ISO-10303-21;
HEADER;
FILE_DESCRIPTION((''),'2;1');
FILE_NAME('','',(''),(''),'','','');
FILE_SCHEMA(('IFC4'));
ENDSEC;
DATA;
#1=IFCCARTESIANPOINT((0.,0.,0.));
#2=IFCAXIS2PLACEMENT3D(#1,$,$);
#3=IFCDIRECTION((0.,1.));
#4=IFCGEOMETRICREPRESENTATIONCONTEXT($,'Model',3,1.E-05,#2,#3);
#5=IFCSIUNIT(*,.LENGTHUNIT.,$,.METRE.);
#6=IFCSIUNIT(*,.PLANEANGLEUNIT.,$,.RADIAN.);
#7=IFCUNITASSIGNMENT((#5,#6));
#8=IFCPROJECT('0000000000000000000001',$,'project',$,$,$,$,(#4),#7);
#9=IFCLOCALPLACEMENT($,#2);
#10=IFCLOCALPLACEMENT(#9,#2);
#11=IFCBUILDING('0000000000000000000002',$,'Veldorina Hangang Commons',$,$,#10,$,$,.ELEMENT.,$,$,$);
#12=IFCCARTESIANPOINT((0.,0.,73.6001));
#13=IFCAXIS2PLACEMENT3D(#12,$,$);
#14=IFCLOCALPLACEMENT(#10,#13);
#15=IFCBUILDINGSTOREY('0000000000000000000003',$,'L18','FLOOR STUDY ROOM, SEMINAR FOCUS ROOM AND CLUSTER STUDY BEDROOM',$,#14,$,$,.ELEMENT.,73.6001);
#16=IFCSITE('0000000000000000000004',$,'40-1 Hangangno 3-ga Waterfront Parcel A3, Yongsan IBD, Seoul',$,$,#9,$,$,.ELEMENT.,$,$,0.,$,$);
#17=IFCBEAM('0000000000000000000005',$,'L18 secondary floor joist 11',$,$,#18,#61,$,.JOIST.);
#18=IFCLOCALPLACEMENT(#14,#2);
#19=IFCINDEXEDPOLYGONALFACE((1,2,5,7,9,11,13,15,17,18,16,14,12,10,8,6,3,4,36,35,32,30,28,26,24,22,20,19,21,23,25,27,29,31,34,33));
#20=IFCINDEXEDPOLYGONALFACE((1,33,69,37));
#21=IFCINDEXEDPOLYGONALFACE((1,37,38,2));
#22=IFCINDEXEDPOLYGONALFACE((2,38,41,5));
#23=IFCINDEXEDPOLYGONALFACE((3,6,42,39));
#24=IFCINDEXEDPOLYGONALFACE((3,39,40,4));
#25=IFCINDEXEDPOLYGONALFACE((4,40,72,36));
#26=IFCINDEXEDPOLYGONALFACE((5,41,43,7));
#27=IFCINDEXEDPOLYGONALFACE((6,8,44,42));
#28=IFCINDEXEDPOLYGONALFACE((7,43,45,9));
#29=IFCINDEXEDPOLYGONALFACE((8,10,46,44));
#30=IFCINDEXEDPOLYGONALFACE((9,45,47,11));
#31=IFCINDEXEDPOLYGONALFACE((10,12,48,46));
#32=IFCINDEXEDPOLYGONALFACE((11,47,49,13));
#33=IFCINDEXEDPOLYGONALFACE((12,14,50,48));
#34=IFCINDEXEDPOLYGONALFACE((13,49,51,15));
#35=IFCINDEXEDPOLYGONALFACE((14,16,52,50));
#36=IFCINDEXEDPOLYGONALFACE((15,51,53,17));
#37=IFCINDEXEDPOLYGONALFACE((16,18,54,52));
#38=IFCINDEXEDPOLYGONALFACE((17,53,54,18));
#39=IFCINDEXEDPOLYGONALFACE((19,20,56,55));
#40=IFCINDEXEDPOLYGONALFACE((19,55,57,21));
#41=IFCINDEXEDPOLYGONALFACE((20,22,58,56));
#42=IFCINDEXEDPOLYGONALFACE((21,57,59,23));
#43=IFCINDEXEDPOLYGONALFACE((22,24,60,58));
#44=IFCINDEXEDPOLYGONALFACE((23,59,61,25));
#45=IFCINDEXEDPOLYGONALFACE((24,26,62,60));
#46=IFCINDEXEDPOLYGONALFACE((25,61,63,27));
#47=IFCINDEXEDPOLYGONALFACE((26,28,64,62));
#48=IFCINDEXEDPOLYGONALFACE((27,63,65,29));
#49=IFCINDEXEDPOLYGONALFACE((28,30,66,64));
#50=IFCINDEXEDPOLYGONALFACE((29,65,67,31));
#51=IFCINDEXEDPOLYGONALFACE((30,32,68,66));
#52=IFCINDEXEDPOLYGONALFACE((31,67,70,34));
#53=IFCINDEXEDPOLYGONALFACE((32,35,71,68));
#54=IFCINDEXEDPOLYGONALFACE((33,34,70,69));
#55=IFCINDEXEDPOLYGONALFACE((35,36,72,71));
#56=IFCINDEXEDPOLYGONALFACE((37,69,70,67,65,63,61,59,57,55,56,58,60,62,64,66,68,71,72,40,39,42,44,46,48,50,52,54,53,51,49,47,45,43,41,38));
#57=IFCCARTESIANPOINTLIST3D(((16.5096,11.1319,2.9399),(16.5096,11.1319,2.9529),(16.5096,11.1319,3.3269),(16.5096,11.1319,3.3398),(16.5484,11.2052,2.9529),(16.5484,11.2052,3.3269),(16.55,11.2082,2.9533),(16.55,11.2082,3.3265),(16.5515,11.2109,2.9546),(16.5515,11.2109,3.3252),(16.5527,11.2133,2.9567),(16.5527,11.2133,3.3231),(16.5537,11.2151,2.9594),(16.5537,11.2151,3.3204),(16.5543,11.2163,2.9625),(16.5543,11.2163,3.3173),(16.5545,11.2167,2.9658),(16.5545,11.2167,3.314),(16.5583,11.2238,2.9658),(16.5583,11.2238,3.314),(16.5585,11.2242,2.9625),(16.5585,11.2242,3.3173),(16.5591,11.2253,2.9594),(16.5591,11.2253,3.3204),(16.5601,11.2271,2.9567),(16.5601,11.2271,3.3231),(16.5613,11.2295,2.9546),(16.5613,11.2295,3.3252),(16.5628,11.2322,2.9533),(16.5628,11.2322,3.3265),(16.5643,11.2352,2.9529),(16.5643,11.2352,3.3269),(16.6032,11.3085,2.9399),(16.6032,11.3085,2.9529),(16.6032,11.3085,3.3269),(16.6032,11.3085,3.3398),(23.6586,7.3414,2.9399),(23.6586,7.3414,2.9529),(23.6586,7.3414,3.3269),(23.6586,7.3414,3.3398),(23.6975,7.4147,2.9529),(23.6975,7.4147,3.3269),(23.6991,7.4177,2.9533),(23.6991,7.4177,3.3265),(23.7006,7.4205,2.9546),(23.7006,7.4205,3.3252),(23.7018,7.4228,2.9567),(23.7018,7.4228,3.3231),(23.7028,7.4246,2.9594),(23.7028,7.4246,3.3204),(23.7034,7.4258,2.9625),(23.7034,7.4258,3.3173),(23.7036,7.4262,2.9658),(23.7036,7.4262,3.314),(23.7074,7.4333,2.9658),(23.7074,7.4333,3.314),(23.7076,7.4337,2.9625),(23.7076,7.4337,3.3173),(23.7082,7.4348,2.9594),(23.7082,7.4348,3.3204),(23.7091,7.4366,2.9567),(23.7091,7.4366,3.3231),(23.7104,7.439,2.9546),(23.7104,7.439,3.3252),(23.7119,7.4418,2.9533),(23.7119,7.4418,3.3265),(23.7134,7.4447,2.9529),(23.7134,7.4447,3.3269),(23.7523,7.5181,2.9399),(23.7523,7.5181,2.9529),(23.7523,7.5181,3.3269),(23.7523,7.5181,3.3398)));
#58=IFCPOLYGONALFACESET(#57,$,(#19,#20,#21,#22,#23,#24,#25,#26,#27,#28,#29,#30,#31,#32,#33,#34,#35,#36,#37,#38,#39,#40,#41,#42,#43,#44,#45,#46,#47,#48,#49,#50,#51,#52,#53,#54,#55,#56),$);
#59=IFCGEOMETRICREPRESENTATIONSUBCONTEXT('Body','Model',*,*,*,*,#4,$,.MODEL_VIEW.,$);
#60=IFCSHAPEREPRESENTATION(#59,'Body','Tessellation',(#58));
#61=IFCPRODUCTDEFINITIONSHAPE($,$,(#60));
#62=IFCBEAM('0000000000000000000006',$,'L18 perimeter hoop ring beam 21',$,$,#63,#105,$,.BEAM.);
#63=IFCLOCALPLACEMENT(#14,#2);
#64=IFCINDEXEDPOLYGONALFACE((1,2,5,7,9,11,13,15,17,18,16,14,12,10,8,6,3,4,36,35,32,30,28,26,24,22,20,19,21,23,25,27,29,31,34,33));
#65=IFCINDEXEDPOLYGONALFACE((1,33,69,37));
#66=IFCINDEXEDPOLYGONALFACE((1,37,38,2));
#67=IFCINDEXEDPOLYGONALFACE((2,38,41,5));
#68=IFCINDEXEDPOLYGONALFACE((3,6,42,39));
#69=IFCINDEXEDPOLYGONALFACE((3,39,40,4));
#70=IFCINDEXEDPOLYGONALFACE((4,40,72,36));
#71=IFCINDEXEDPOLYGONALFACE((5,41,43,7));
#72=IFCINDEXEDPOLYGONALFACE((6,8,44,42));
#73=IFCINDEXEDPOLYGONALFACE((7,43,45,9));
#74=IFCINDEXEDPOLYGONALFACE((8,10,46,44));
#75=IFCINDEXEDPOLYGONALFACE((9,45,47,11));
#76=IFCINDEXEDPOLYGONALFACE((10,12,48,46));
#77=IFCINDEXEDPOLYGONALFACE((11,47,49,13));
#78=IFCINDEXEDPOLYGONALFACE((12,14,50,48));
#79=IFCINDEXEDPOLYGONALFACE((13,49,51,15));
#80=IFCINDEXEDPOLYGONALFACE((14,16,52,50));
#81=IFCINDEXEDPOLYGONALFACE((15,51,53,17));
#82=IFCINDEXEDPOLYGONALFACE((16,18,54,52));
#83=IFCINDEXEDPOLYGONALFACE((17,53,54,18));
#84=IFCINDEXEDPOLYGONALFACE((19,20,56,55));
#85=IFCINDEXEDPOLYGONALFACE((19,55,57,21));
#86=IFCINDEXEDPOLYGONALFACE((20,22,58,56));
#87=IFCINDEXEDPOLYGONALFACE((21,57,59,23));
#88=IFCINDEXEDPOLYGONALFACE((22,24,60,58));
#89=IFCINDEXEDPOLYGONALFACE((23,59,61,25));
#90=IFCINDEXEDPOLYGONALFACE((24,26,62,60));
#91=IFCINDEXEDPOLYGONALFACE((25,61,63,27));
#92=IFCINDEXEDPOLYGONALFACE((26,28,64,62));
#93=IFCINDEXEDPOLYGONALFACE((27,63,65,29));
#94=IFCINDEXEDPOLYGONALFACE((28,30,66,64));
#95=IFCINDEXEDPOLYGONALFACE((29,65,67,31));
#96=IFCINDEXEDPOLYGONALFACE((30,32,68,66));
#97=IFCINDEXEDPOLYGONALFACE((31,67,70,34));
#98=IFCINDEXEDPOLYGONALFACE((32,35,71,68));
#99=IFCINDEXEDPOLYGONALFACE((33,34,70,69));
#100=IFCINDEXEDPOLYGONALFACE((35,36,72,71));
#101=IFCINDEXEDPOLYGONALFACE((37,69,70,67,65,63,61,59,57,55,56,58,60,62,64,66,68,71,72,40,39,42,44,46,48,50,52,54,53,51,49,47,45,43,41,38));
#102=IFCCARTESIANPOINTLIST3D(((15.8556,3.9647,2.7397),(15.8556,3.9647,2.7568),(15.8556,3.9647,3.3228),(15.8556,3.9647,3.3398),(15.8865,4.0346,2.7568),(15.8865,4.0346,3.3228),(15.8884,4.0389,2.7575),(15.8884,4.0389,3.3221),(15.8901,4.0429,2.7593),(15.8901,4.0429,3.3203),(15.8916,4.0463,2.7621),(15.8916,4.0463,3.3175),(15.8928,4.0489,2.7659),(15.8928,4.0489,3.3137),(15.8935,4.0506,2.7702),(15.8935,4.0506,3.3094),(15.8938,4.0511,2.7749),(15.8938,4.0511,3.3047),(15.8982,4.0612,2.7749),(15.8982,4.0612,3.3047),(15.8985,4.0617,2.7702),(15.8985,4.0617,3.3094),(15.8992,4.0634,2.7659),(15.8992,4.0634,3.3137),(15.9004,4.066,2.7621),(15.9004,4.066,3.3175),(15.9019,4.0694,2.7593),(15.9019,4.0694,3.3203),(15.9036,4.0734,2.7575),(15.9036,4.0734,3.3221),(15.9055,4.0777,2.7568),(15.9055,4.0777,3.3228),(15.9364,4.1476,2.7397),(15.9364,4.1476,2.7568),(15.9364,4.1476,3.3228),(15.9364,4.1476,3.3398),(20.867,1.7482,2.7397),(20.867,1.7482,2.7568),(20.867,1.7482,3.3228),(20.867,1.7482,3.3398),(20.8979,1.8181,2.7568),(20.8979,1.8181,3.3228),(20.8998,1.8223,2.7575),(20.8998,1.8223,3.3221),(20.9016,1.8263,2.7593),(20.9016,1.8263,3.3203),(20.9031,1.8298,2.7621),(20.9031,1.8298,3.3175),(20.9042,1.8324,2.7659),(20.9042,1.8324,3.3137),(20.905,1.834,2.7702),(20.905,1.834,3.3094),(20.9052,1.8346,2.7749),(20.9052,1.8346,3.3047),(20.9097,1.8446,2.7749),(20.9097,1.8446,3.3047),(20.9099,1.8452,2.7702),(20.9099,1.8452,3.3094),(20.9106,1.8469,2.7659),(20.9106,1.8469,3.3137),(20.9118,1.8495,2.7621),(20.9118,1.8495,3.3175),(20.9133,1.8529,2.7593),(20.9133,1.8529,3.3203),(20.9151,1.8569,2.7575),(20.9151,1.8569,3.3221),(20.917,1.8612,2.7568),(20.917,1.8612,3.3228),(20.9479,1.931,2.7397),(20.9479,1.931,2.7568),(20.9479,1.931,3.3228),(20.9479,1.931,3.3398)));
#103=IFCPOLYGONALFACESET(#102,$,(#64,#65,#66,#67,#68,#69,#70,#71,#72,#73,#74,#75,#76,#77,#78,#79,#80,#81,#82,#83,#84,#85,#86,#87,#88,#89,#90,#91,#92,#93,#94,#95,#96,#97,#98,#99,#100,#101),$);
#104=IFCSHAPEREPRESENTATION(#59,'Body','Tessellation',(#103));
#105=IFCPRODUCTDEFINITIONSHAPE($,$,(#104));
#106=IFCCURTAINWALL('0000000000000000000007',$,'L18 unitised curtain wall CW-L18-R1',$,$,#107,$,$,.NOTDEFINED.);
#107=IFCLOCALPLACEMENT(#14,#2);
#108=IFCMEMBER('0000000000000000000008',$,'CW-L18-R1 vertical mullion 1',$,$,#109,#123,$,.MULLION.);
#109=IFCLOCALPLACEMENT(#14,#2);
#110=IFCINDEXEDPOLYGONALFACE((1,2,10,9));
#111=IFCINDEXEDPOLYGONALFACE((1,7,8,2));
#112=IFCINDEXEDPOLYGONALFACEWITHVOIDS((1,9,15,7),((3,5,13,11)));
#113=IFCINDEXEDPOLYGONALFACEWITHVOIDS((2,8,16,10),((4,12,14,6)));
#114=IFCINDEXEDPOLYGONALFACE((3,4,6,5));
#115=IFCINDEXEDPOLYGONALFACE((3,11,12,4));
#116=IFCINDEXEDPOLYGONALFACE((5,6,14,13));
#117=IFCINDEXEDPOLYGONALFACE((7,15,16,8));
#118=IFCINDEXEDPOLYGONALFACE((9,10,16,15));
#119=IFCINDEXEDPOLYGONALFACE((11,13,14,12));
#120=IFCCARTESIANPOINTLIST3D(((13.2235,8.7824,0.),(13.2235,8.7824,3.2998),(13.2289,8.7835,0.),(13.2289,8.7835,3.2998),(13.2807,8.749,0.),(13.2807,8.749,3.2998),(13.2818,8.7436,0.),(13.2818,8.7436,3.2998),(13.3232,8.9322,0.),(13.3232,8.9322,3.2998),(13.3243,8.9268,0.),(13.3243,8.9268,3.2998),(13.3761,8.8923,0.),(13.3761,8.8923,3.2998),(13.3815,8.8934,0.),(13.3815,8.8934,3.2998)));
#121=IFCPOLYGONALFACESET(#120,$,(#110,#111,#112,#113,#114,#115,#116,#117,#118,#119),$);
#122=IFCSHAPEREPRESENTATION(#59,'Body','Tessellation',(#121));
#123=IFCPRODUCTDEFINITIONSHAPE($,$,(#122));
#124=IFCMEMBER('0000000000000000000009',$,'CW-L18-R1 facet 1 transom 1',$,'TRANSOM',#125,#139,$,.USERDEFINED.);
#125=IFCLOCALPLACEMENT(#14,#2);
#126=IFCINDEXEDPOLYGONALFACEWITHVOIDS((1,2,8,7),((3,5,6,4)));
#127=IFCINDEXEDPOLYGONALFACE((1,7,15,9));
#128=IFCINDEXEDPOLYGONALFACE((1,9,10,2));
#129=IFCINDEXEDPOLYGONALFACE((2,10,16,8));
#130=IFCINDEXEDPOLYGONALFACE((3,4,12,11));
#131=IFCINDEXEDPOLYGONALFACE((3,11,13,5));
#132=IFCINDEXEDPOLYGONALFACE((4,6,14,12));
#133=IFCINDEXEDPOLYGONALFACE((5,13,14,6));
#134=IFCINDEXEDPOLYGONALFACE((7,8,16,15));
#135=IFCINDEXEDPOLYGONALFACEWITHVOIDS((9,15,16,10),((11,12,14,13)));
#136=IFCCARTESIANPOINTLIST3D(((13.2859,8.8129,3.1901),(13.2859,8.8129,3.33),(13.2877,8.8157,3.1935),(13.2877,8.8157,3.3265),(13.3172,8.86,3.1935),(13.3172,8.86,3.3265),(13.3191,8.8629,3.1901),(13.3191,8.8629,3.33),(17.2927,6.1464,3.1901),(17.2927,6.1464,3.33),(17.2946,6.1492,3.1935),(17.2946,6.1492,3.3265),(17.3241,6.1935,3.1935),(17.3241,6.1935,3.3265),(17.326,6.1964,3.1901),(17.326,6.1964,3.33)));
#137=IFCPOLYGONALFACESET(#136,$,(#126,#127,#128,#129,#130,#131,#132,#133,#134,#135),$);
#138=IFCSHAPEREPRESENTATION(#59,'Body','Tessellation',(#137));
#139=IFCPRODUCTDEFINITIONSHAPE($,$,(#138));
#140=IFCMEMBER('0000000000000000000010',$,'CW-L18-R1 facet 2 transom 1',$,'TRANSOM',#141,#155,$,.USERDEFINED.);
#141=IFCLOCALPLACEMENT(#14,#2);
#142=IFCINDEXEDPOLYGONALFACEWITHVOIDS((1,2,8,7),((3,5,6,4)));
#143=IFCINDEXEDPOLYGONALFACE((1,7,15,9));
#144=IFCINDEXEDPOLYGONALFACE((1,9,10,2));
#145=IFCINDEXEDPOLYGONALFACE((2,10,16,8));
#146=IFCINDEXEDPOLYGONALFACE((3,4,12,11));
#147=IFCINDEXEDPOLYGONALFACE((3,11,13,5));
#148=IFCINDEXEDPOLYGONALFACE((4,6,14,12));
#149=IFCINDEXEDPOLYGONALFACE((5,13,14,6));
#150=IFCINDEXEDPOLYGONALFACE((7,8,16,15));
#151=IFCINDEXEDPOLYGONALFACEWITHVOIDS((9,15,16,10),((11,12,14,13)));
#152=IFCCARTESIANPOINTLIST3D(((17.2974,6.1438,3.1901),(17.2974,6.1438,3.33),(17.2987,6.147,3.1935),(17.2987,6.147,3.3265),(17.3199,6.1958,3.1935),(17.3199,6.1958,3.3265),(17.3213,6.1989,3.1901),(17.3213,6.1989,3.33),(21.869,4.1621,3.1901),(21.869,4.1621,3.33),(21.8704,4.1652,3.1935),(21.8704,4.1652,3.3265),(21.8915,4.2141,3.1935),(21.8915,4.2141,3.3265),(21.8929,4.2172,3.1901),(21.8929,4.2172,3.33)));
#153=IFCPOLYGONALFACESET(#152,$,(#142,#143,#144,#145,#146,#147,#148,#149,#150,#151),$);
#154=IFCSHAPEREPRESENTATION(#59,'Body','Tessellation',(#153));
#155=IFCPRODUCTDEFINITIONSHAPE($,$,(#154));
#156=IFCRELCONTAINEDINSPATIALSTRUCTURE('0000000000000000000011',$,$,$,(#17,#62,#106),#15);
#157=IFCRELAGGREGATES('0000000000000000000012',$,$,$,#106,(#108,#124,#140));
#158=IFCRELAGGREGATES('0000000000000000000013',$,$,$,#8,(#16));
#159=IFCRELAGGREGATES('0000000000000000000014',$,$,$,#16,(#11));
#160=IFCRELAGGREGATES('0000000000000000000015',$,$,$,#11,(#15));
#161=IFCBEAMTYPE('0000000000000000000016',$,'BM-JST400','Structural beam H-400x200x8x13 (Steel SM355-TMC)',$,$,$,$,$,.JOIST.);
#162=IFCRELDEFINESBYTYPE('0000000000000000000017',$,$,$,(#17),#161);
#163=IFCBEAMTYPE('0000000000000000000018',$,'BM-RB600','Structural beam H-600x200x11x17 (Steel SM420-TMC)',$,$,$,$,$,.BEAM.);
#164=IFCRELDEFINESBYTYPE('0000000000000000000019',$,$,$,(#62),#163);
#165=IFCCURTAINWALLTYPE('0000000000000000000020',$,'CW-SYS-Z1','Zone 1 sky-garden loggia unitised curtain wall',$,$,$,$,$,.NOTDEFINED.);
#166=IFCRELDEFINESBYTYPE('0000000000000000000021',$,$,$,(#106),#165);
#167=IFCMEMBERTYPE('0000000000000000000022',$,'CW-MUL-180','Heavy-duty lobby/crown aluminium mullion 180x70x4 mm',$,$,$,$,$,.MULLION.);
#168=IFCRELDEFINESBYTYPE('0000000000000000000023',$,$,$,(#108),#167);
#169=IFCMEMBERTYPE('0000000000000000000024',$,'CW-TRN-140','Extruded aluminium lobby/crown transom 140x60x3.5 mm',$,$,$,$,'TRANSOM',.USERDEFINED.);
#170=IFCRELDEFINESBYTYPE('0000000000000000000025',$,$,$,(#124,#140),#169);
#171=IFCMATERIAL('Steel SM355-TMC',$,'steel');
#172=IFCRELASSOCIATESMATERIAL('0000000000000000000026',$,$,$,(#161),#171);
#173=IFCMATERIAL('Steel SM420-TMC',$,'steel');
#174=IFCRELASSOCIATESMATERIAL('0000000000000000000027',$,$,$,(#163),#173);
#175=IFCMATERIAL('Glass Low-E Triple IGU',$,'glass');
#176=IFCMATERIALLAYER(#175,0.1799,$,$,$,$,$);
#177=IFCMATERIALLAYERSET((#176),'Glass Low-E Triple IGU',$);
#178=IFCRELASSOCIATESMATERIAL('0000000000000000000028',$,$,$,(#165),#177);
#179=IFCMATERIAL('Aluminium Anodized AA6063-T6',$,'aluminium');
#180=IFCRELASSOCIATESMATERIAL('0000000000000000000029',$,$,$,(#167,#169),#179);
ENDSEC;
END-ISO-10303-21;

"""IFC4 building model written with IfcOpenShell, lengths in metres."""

from ifc_helpers import new_model, si_unit, direction, frame, origin, origin_2d, place, context, subcontext, project, spatial, hollow_rectangle, i_section, extrude, material, layer, layer_set, material_profile, profile_set, type_object, element, aggregate, save


model = new_model("IFC4")

# Units and contexts
model_context = context("Model", 3, precision=1e-05, world=origin(), true_north=direction((0.0, 1.0)))
body_context = subcontext(model_context, "Body", "Model", "MODEL_VIEW")
ifc_project = project(units=[si_unit("LENGTHUNIT", "METRE"), si_unit("PLANEANGLEUNIT", "RADIAN")], contexts=[model_context])

# Site, building, storey
site_placement = place(None, origin())
site = spatial("IfcSite", under=ifc_project, at=site_placement, Name="40-1 Hangangno 3-ga Waterfront Parcel A3, Yongsan IBD, Seoul", CompositionType="ELEMENT", RefElevation=0.0)
building_placement = place(site_placement, origin())
building = spatial("IfcBuilding", under=site, at=building_placement, Name="Veldorina Hangang Commons", CompositionType="ELEMENT")
storey_placement = place(building_placement, frame((0.0, 0.0, 73.6001)))
storey = spatial("IfcBuildingStorey", under=building, at=storey_placement, Name="L18", Description="FLOOR STUDY ROOM, SEMINAR FOCUS ROOM AND CLUSTER STUDY BEDROOM", CompositionType="ELEMENT", Elevation=73.6001)

# Beams
ifc_material_1 = material(Name="Steel SM355-TMC", Category="steel")
ifc_material_profile_1 = material_profile(ifc_material_1, i_section(OverallWidth=0.2, OverallDepth=0.3999, WebThickness=0.0081, FlangeThickness=0.0129, FilletRadius=0.0129, at=origin_2d()), Name="H-400x200x8x13")
ifc_profile_set_1 = profile_set([ifc_material_profile_1], Name="Steel SM355-TMC")
beam_type_1 = type_object("IfcBeamType", Name="BM-JST400", Description="Structural beam H-400x200x8x13 (Steel SM355-TMC)", PredefinedType="JOIST", material=ifc_profile_set_1)
beam_1_placement = place(storey_placement, frame((16.5564, 11.2202, 3.1399), z_axis=(0.883498, -0.468435, 0.0), x_axis=(0.468435, 0.883498, 0.0)))
element("IfcBeam", 1, at=beam_1_placement, inside=storey, type_object=beam_type_1, Name="L18 secondary floor joist 11", PredefinedType="JOIST", context=body_context, shape_type="SweptSolid", body=[
    extrude(i_section(OverallWidth=0.2, OverallDepth=0.3999, WebThickness=0.0081, FlangeThickness=0.0129, FilletRadius=0.0129, at=origin_2d()), origin(), (0.0, 0.0, 1.0), 8.0918),
])
ifc_material_2 = material(Name="Steel SM420-TMC", Category="steel")
ifc_material_profile_2 = material_profile(ifc_material_2, i_section(OverallWidth=0.2, OverallDepth=0.6001, WebThickness=0.011, FlangeThickness=0.0171, FilletRadius=0.0181, at=origin_2d()), Name="H-600x200x11x17")
ifc_profile_set_2 = profile_set([ifc_material_profile_2], Name="Steel SM420-TMC")
beam_type_2 = type_object("IfcBeamType", Name="BM-RB600", Description="Structural beam H-600x200x11x17 (Steel SM420-TMC)", PredefinedType="BEAM", material=ifc_profile_set_2)
beam_2_placement = place(storey_placement, frame((15.896, 4.0562, 3.0398), z_axis=(0.914539, -0.404497, 0.0), x_axis=(0.404497, 0.914539, 0.0)))
element("IfcBeam", 2, at=beam_2_placement, inside=storey, type_object=beam_type_2, Name="L18 perimeter hoop ring beam 21", PredefinedType="BEAM", context=body_context, shape_type="SweptSolid", body=[
    extrude(i_section(OverallWidth=0.2, OverallDepth=0.6001, WebThickness=0.011, FlangeThickness=0.0171, FilletRadius=0.0181, at=origin_2d()), origin(), (0.0, 0.0, 1.0), 5.4797),
])

# Curtain wall, members
ifc_material_3 = material(Name="Glass Low-E Triple IGU", Category="glass")
ifc_layer_1 = layer(ifc_material_3, 0.1799)
ifc_layer_set_1 = layer_set([ifc_layer_1], Name="Glass Low-E Triple IGU")
curtain_wall_type = type_object("IfcCurtainWallType", Name="CW-SYS-Z1", Description="Zone 1 sky-garden loggia unitised curtain wall", PredefinedType="NOTDEFINED", material=ifc_layer_set_1)
curtain_wall_placement = place(storey_placement, origin())
curtain_wall = element("IfcCurtainWall", 3, at=curtain_wall_placement, inside=storey, type_object=curtain_wall_type, Name="L18 unitised curtain wall CW-L18-R1", PredefinedType="NOTDEFINED")
ifc_material_4 = material(Name="Aluminium Anodized AA6063-T6", Category="aluminium")
ifc_material_profile_3 = material_profile(ifc_material_4, hollow_rectangle(XDim=0.0701, YDim=0.1799, WallThickness=0.0039, at=origin_2d()), Name="ALU-RHS-180x70x4")
ifc_profile_set_3 = profile_set([ifc_material_profile_3], Name="Aluminium Anodized AA6063-T6")
member_type_1 = type_object("IfcMemberType", Name="CW-MUL-180", Description="Heavy-duty lobby/crown aluminium mullion 180x70x4 mm", PredefinedType="MULLION", material=ifc_profile_set_3)
member_1_placement = place(storey_placement, frame((13.3025, 8.8379, 0.0), z_axis=(0.0, 0.0, 1.0), x_axis=(0.832506, -0.554016, 0.0)))
member_1 = element("IfcMember", 4, at=member_1_placement, type_object=member_type_1, Name="CW-L18-R1 vertical mullion 1", PredefinedType="MULLION", context=body_context, shape_type="SweptSolid", body=[
    extrude(hollow_rectangle(XDim=0.0701, YDim=0.1799, WallThickness=0.0039, at=origin_2d()), origin(), (0.0, 0.0, 1.0), 3.2998),
])
ifc_material_profile_4 = material_profile(ifc_material_4, hollow_rectangle(XDim=0.0601, YDim=0.1399, WallThickness=0.0034, at=origin_2d()), Name="ALU-RHS-140x60x3.5")
ifc_profile_set_4 = profile_set([ifc_material_profile_4], Name="Aluminium Anodized AA6063-T6")
member_type_2 = type_object("IfcMemberType", Name="CW-TRN-140", Description="Extruded aluminium lobby/crown transom 140x60x3.5 mm", ElementType="TRANSOM", PredefinedType="USERDEFINED", material=ifc_profile_set_4)
member_2_placement = place(storey_placement, frame((13.3025, 8.8379, 3.26), z_axis=(0.832503, -0.554021, 0.0), x_axis=(0.554021, 0.832503, 0.0)))
member_2 = element("IfcMember", 5, at=member_2_placement, type_object=member_type_2, Name="CW-L18-R1 facet 1 transom 1", ObjectType="TRANSOM", PredefinedType="USERDEFINED", context=body_context, shape_type="SweptSolid", body=[
    extrude(hollow_rectangle(XDim=0.0601, YDim=0.1399, WallThickness=0.0034, at=origin_2d()), origin(), (0.0, 0.0, 1.0), 4.813),
])
member_3_placement = place(storey_placement, frame((17.3093, 6.1714, 3.26), z_axis=(0.917505, -0.397724, 0.0), x_axis=(0.397724, 0.917505, 0.0)))
member_3 = element("IfcMember", 6, at=member_3_placement, type_object=member_type_2, Name="CW-L18-R1 facet 2 transom 1", ObjectType="TRANSOM", PredefinedType="USERDEFINED", context=body_context, shape_type="SweptSolid", body=[
    extrude(hollow_rectangle(XDim=0.0601, YDim=0.1399, WallThickness=0.0034, at=origin_2d()), origin(), (0.0, 0.0, 1.0), 4.9827),
])

aggregate(curtain_wall, [member_1, member_2, member_3])

save(model, "model.ifc")
